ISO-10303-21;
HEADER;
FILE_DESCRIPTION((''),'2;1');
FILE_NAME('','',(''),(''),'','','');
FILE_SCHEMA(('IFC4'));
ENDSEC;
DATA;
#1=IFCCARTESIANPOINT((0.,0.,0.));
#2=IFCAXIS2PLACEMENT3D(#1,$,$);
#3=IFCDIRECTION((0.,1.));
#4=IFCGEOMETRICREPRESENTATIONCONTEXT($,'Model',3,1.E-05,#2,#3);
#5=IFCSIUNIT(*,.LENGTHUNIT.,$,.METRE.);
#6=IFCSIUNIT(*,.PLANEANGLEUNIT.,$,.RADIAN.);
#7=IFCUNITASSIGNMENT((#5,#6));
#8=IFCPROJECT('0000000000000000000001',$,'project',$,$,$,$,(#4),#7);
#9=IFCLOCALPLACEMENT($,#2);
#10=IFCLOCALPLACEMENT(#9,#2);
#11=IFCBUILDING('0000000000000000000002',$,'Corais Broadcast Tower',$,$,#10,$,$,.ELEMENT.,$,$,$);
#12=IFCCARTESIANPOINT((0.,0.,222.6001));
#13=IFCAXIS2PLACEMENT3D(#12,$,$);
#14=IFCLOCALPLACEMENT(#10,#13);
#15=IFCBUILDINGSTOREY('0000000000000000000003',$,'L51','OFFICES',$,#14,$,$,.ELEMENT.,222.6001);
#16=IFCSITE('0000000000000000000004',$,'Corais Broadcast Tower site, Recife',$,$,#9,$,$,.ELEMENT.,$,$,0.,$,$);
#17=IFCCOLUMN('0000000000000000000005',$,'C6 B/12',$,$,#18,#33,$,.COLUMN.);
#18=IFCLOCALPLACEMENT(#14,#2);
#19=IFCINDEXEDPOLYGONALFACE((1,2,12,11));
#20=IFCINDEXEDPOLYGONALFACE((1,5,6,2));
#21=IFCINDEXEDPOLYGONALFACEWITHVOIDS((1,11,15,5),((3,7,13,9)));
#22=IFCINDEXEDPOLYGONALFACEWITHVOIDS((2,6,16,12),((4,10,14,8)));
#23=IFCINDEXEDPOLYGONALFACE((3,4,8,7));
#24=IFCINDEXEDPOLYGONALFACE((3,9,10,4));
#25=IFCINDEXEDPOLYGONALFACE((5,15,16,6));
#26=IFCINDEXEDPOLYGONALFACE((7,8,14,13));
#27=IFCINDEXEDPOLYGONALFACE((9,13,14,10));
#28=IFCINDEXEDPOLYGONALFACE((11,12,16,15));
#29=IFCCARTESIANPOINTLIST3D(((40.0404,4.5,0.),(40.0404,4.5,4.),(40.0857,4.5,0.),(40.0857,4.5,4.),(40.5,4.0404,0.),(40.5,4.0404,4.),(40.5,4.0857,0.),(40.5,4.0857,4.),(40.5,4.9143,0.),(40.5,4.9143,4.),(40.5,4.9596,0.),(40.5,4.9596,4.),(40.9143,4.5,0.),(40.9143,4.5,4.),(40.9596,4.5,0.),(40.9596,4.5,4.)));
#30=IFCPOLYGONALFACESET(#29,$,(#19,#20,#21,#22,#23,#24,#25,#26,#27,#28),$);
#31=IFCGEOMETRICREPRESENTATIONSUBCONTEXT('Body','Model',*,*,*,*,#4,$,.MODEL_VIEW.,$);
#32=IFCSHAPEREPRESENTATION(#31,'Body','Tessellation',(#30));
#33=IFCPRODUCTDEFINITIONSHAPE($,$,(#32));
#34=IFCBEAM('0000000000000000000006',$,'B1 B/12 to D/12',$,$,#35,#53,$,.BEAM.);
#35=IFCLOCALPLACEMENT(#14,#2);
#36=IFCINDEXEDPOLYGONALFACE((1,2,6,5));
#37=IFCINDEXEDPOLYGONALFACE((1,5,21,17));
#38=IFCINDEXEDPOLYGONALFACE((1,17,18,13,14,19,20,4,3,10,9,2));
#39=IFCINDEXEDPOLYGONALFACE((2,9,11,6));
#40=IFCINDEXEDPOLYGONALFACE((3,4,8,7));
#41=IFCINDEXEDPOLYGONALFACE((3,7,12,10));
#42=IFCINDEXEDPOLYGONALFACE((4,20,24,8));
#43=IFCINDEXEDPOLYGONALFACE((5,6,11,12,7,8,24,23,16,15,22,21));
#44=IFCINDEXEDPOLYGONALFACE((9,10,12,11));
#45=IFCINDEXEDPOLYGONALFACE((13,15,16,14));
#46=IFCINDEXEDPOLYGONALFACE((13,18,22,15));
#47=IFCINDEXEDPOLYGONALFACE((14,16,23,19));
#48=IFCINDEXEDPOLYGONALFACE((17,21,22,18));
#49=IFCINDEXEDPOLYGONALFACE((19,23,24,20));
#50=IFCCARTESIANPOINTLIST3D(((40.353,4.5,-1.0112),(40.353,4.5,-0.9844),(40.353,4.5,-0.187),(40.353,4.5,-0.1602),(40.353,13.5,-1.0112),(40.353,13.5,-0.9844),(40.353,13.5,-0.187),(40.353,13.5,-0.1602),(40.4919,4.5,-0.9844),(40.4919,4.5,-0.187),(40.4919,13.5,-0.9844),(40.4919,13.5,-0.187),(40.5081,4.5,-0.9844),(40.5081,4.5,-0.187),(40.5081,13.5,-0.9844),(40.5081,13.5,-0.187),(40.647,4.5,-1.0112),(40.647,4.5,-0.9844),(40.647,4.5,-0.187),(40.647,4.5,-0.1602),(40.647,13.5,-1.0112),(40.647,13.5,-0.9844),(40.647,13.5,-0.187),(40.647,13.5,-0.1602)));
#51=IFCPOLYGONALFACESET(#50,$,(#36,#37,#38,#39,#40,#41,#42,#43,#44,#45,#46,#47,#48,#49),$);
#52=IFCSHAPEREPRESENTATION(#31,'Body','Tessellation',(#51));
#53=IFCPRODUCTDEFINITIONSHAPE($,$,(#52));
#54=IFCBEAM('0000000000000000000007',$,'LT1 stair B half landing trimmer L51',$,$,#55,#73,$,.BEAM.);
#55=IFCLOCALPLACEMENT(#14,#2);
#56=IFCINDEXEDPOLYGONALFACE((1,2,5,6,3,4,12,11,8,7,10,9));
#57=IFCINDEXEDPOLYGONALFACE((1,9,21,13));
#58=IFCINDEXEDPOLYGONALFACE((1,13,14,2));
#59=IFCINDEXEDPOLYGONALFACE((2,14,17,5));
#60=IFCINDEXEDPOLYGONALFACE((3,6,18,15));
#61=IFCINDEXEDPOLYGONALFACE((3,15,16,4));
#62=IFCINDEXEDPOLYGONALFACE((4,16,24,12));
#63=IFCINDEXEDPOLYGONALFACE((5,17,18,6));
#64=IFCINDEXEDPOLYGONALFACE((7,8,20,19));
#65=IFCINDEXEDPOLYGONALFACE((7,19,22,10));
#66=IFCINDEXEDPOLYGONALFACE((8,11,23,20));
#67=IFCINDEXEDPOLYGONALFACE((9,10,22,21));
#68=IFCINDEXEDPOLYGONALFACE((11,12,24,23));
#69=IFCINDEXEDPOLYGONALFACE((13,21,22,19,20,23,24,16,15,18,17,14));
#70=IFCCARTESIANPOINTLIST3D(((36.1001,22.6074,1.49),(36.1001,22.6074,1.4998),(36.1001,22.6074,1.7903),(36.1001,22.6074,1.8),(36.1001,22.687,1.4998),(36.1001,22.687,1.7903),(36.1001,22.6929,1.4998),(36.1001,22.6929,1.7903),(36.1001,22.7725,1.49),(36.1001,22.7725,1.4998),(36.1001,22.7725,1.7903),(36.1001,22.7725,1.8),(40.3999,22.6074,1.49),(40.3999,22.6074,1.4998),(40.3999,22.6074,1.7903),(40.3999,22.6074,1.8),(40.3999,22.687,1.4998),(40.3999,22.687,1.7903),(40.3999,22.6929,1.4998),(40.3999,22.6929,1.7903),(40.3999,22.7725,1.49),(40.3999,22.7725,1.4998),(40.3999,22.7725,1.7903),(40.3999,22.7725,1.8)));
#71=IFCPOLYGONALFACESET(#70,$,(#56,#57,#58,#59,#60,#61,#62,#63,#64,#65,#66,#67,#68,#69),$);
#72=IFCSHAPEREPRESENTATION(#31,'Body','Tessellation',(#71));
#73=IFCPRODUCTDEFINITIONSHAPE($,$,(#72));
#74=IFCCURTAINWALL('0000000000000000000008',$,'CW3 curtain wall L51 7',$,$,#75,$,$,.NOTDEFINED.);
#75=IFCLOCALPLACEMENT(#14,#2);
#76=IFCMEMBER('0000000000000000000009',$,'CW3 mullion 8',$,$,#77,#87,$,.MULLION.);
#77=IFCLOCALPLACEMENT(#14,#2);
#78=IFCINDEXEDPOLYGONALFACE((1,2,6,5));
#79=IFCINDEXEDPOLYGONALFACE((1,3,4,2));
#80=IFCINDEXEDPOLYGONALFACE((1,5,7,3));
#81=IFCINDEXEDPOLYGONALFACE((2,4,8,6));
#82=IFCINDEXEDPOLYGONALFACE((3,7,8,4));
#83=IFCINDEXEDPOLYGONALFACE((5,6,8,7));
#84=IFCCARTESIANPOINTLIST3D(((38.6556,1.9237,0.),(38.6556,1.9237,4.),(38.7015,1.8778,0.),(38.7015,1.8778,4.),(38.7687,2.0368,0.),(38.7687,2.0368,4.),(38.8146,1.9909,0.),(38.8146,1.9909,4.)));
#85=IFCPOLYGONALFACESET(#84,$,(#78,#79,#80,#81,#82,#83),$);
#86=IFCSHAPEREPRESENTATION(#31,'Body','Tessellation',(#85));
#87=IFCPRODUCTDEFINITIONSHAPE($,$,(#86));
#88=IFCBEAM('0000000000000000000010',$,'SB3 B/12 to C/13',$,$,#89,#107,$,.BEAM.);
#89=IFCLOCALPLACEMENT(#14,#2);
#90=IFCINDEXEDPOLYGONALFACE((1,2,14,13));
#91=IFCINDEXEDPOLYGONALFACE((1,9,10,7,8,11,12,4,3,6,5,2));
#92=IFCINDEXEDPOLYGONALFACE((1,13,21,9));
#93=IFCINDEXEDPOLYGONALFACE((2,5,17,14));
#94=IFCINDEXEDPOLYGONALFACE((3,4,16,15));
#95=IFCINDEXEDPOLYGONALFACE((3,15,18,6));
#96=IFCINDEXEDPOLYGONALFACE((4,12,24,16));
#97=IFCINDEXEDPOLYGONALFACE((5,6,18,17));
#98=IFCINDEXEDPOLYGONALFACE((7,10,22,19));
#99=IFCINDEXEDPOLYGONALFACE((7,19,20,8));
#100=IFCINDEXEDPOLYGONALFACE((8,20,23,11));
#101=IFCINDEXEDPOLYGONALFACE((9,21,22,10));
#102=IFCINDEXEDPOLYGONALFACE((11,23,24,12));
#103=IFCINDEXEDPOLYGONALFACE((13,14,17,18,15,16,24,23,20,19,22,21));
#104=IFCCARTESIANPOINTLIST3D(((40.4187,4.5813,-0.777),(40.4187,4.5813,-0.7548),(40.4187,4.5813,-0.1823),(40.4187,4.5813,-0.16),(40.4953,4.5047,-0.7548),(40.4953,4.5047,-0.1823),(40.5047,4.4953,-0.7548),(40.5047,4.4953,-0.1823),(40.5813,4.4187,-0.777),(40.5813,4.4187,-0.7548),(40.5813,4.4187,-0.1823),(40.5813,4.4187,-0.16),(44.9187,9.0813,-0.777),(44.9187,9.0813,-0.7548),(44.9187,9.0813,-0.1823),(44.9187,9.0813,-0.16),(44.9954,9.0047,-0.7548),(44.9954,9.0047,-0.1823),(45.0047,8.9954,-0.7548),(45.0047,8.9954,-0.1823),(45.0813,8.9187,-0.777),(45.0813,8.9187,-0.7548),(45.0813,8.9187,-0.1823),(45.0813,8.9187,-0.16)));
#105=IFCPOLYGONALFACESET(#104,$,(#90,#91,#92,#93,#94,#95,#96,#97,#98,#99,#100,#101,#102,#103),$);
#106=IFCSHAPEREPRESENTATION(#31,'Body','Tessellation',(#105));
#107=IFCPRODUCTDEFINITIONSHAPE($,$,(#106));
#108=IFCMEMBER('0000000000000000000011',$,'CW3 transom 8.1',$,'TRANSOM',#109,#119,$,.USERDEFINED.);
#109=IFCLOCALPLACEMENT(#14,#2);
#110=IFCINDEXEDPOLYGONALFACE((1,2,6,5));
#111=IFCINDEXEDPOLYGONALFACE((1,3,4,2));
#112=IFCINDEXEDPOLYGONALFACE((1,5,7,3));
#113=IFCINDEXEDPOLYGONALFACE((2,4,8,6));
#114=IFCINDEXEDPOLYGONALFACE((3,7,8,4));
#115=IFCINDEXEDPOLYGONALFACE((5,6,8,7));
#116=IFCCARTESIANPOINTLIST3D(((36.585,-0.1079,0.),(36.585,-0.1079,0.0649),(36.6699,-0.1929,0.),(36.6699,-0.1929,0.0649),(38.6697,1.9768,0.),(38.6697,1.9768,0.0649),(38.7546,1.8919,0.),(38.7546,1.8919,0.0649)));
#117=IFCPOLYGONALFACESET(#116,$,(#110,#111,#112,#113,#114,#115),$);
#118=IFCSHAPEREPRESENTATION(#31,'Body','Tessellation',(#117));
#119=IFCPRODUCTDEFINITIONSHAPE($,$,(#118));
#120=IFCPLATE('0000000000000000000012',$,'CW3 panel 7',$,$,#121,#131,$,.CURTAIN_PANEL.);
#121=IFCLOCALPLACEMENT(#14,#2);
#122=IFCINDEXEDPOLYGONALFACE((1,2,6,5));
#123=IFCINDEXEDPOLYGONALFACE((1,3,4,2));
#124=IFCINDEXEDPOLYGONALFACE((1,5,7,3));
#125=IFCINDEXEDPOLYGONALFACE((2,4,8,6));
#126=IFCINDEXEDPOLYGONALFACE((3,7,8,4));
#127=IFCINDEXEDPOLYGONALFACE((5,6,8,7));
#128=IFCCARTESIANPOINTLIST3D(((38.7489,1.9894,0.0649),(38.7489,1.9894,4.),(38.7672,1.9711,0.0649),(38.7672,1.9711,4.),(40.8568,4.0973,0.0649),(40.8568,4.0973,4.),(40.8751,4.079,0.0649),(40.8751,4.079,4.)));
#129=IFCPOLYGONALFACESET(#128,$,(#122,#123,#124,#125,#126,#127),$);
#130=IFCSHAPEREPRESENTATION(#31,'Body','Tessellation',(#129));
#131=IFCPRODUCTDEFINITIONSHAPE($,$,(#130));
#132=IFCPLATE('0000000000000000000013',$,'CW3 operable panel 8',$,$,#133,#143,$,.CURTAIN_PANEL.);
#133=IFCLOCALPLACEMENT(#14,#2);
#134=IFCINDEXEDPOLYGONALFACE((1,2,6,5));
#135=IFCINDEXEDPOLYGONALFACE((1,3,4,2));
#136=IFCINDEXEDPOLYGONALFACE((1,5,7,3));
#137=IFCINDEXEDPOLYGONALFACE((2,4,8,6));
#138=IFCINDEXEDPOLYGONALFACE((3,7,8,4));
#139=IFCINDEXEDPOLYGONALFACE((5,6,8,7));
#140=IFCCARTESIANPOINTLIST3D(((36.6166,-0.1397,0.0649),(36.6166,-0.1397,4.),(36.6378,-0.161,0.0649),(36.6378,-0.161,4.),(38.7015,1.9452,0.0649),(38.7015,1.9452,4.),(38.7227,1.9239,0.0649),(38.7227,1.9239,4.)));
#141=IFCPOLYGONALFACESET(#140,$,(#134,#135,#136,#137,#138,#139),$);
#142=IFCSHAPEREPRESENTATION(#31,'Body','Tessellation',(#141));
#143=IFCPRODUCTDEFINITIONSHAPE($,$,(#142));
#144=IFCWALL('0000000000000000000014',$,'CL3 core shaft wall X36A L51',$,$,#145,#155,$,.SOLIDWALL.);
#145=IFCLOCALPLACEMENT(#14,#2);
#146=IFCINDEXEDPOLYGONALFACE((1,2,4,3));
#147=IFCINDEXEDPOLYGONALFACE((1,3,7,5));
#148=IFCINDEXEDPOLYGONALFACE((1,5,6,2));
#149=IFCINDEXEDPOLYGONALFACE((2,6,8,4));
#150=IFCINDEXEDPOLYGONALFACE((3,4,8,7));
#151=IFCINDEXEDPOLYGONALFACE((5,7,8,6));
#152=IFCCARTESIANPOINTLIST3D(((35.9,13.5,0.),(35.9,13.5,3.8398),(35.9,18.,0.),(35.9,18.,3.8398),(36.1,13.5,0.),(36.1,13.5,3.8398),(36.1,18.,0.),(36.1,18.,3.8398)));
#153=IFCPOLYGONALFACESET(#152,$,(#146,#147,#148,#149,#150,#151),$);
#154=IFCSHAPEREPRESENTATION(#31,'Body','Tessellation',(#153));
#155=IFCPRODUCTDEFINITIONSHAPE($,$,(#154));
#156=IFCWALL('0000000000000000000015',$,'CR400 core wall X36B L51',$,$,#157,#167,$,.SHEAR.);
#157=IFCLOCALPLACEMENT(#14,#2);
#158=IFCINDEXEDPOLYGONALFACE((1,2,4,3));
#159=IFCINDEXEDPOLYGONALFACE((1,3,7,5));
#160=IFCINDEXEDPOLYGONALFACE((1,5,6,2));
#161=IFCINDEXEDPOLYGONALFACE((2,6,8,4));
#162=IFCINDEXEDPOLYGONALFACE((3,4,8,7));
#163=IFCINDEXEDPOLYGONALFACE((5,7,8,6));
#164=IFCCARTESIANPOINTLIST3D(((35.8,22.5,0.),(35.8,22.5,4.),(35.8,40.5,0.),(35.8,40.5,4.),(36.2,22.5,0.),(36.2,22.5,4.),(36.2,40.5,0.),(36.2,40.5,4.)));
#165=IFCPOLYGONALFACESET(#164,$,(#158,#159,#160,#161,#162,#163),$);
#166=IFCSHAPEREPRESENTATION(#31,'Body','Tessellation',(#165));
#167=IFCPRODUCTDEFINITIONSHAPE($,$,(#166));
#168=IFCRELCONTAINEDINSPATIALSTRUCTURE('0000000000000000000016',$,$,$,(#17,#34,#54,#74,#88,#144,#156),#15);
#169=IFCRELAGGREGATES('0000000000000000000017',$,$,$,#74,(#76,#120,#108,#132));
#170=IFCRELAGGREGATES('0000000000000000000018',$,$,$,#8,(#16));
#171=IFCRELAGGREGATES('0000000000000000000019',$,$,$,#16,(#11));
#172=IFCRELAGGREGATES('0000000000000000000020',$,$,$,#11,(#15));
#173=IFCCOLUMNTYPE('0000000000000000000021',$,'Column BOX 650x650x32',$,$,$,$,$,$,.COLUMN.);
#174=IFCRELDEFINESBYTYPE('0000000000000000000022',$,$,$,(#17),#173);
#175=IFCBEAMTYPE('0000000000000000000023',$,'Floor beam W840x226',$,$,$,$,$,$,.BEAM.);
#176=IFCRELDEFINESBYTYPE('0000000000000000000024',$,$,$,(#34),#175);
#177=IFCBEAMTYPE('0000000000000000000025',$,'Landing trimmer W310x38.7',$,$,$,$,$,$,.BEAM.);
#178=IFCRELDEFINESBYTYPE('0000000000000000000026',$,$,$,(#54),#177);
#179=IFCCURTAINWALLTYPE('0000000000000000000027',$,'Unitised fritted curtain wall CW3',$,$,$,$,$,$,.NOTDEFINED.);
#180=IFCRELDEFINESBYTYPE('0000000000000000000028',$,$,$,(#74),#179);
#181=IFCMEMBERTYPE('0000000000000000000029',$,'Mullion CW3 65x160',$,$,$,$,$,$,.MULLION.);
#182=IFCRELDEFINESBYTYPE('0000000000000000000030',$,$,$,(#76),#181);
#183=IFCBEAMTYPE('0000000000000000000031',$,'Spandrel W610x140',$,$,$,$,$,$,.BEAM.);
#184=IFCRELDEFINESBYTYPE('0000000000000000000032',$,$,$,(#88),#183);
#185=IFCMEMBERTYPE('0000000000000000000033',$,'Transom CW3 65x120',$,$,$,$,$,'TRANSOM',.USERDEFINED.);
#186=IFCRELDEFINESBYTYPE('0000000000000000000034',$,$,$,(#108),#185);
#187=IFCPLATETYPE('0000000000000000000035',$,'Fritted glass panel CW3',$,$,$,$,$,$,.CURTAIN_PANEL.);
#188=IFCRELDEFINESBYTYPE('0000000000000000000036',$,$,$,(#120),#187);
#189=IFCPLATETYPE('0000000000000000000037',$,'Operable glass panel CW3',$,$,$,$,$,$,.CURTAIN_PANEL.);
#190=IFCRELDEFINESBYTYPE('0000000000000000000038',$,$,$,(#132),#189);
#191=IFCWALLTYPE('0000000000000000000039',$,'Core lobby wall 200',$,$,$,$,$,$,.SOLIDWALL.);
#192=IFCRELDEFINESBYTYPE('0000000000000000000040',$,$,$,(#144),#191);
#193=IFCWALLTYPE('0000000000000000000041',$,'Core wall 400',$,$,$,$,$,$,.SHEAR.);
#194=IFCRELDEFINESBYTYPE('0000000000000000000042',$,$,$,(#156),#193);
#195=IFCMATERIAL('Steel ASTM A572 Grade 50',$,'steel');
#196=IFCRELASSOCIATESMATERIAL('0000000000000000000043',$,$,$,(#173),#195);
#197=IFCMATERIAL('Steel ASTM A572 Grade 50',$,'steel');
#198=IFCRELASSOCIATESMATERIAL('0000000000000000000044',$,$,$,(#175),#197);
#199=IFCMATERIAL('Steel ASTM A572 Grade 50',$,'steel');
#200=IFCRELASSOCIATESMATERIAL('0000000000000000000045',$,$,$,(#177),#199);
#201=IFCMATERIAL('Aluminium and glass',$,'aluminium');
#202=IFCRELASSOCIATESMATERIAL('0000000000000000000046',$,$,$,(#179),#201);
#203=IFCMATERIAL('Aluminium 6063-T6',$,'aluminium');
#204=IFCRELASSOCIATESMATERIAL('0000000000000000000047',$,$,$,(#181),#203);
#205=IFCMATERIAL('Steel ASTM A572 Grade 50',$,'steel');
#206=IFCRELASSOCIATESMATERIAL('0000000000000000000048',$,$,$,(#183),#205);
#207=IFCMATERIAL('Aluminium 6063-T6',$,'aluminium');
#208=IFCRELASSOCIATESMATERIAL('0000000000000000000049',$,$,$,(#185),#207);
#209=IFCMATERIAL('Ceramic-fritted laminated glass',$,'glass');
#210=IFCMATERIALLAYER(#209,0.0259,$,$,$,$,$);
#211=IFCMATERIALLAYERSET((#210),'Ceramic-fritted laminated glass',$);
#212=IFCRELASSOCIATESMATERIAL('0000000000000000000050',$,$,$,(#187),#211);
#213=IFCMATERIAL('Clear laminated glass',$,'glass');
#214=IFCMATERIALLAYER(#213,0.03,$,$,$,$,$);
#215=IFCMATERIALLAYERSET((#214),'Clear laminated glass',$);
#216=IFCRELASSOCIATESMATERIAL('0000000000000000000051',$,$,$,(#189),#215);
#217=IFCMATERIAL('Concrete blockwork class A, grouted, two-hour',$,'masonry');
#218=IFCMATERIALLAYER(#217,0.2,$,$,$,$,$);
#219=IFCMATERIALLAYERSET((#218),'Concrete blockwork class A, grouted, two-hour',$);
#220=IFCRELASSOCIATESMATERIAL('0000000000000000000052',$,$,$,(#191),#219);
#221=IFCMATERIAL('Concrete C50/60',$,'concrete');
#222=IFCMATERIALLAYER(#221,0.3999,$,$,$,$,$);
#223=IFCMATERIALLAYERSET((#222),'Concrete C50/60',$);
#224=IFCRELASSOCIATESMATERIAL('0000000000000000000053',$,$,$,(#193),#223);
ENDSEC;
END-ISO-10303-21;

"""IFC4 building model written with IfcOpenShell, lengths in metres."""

from ifc_helpers import new_model, si_unit, direction, frame, frame_2d, origin, origin_2d, place, context, subcontext, project, spatial, rectangle, hollow_rectangle, i_section, extrude, material, layer, layer_set, material_profile, profile_set, type_object, element, aggregate, save


model = new_model("IFC4")

# Units and contexts
model_context = context("Model", 3, precision=1e-05, world=origin(), true_north=direction((0.0, 1.0)))
body_context = subcontext(model_context, "Body", "Model", "MODEL_VIEW")
ifc_project = project(units=[si_unit("LENGTHUNIT", "METRE"), si_unit("PLANEANGLEUNIT", "RADIAN")], contexts=[model_context])

# Site, building, storey
site_placement = place(None, origin())
site = spatial("IfcSite", under=ifc_project, at=site_placement, Name="Corais Broadcast Tower site, Recife", CompositionType="ELEMENT", RefElevation=0.0)
building_placement = place(site_placement, origin())
building = spatial("IfcBuilding", under=site, at=building_placement, Name="Corais Broadcast Tower", CompositionType="ELEMENT")
storey_placement = place(building_placement, frame((0.0, 0.0, 222.6001)))
storey = spatial("IfcBuildingStorey", under=building, at=storey_placement, Name="L51", Description="OFFICES", CompositionType="ELEMENT", Elevation=222.6001)

# Column
ifc_material_1 = material(Name="Steel ASTM A572 Grade 50", Category="steel")
ifc_material_profile_1 = material_profile(ifc_material_1, hollow_rectangle(XDim=0.6499, YDim=0.6499, WallThickness=0.032, at=origin_2d()), Name="BOX 650x650x32")
ifc_profile_set_1 = profile_set([ifc_material_profile_1], Name="Steel ASTM A572 Grade 50")
column_type = type_object("IfcColumnType", Name="Column BOX 650x650x32", PredefinedType="COLUMN", material=ifc_profile_set_1)
column_placement = place(storey_placement, frame((40.5, 4.5, 0.0), z_axis=(0.0, 0.0, 1.0), x_axis=(0.707107, 0.707107, 0.0)))
element("IfcColumn", 1, at=column_placement, inside=storey, type_object=column_type, Name="C6 B/12", PredefinedType="COLUMN", context=body_context, shape_type="SweptSolid", body=[
    extrude(hollow_rectangle(XDim=0.6499, YDim=0.6499, WallThickness=0.032, at=origin_2d()), origin(), (0.0, 0.0, 1.0), 4.0),
])

# Beams
ifc_material_2 = material(Name="Steel ASTM A572 Grade 50", Category="steel")
ifc_material_profile_2 = material_profile(ifc_material_2, i_section(OverallWidth=0.2939, OverallDepth=0.8511, WebThickness=0.0161, FlangeThickness=0.0269, at=origin_2d()), Name="W840x226")
ifc_profile_set_2 = profile_set([ifc_material_profile_2], Name="Steel ASTM A572 Grade 50")
beam_type_1 = type_object("IfcBeamType", Name="Floor beam W840x226", PredefinedType="BEAM", material=ifc_profile_set_2)
beam_1_placement = place(storey_placement, frame((40.5, 4.5, -0.5857), z_axis=(0.0, 1.0, 0.0), x_axis=(-1.0, 0.0, 0.0)))
element("IfcBeam", 2, at=beam_1_placement, inside=storey, type_object=beam_type_1, Name="B1 B/12 to D/12", PredefinedType="BEAM", context=body_context, shape_type="SweptSolid", body=[
    extrude(i_section(OverallWidth=0.2939, OverallDepth=0.8511, WebThickness=0.0161, FlangeThickness=0.0269, at=origin_2d()), origin(), (0.0, 0.0, 1.0), 9.0),
])
ifc_material_3 = material(Name="Steel ASTM A572 Grade 50", Category="steel")
ifc_material_profile_3 = material_profile(ifc_material_3, i_section(OverallWidth=0.165, OverallDepth=0.3101, WebThickness=0.0059, FlangeThickness=0.0098, at=origin_2d()), Name="W310x38.7")
ifc_profile_set_3 = profile_set([ifc_material_profile_3], Name="Steel ASTM A572 Grade 50")
beam_type_2 = type_object("IfcBeamType", Name="Landing trimmer W310x38.7", PredefinedType="BEAM", material=ifc_profile_set_3)
beam_2_placement = place(storey_placement, frame((36.1001, 22.6899, 1.645), z_axis=(1.0, 0.0, 0.0), x_axis=(0.0, 1.0, 0.0)))
element("IfcBeam", 3, at=beam_2_placement, inside=storey, type_object=beam_type_2, Name="LT1 stair B half landing trimmer L51", PredefinedType="BEAM", context=body_context, shape_type="SweptSolid", body=[
    extrude(i_section(OverallWidth=0.165, OverallDepth=0.3101, WebThickness=0.0059, FlangeThickness=0.0098, at=origin_2d()), origin(), (0.0, 0.0, 1.0), 4.2998),
])

# Curtain wall, member
ifc_material_4 = material(Name="Aluminium and glass", Category="aluminium")
curtain_wall_type = type_object("IfcCurtainWallType", Name="Unitised fritted curtain wall CW3", PredefinedType="NOTDEFINED", material=ifc_material_4)
curtain_wall_placement = place(storey_placement, origin())
curtain_wall = element("IfcCurtainWall", 4, at=curtain_wall_placement, inside=storey, type_object=curtain_wall_type, Name="CW3 curtain wall L51 7", PredefinedType="NOTDEFINED")
ifc_material_5 = material(Name="Aluminium 6063-T6", Category="aluminium")
ifc_material_profile_4 = material_profile(ifc_material_5, rectangle(XDim=0.0649, YDim=0.1599, at=origin_2d()), Name="Mullion CW3 65x160")
ifc_profile_set_4 = profile_set([ifc_material_profile_4], Name="Aluminium 6063-T6")
member_type_1 = type_object("IfcMemberType", Name="Mullion CW3 65x160", PredefinedType="MULLION", material=ifc_profile_set_4)
member_1_placement = place(storey_placement, frame((38.7351, 1.9573, 0.0), z_axis=(0.0, 0.0, 1.0), x_axis=(0.707107, -0.707107, 0.0)))
member_1 = element("IfcMember", 5, at=member_1_placement, type_object=member_type_1, Name="CW3 mullion 8", PredefinedType="MULLION", context=body_context, shape_type="SweptSolid", body=[
    extrude(rectangle(XDim=0.0649, YDim=0.1599, at=origin_2d()), origin(), (0.0, 0.0, 1.0), 4.0),
])

# Beam
ifc_material_6 = material(Name="Steel ASTM A572 Grade 50", Category="steel")
ifc_material_profile_5 = material_profile(ifc_material_6, i_section(OverallWidth=0.23, OverallDepth=0.6169, WebThickness=0.0132, FlangeThickness=0.0222, at=origin_2d()), Name="W610x140")
ifc_profile_set_5 = profile_set([ifc_material_profile_5], Name="Steel ASTM A572 Grade 50")
beam_type_3 = type_object("IfcBeamType", Name="Spandrel W610x140", PredefinedType="BEAM", material=ifc_profile_set_5)
beam_3_placement = place(storey_placement, frame((40.5, 4.5, -0.4685), z_axis=(0.707107, 0.707107, 0.0), x_axis=(-0.707107, 0.707107, 0.0)))
element("IfcBeam", 6, at=beam_3_placement, inside=storey, type_object=beam_type_3, Name="SB3 B/12 to C/13", PredefinedType="BEAM", context=body_context, shape_type="SweptSolid", body=[
    extrude(i_section(OverallWidth=0.23, OverallDepth=0.6169, WebThickness=0.0132, FlangeThickness=0.0222, at=origin_2d()), origin(), (0.0, 0.0, 1.0), 6.364),
])

# Member
ifc_material_7 = material(Name="Aluminium 6063-T6", Category="aluminium")
ifc_material_profile_6 = material_profile(ifc_material_7, rectangle(XDim=0.1201, YDim=0.0649, at=origin_2d()), Name="Transom CW3 65x120")
ifc_profile_set_6 = profile_set([ifc_material_profile_6], Name="Aluminium 6063-T6")
member_type_2 = type_object("IfcMemberType", Name="Transom CW3 65x120", ElementType="TRANSOM", PredefinedType="USERDEFINED", material=ifc_profile_set_6)
member_2_placement = place(storey_placement, frame((38.7122, 1.9343, 0.0325), z_axis=(-0.707107, -0.707107, 0.0), x_axis=(0.707107, -0.707107, 0.0)))
member_2 = element("IfcMember", 7, at=member_2_placement, type_object=member_type_2, Name="CW3 transom 8.1", ObjectType="TRANSOM", PredefinedType="USERDEFINED", context=body_context, shape_type="SweptSolid", body=[
    extrude(rectangle(XDim=0.1201, YDim=0.0649, at=origin_2d()), origin(), (0.0, 0.0, 1.0), 2.9482),
])

# Plates
ifc_material_8 = material(Name="Ceramic-fritted laminated glass", Category="glass")
ifc_layer_1 = layer(ifc_material_8, 0.0259)
ifc_layer_set_1 = layer_set([ifc_layer_1], Name="Ceramic-fritted laminated glass")
plate_type_1 = type_object("IfcPlateType", Name="Fritted glass panel CW3", PredefinedType="CURTAIN_PANEL", material=ifc_layer_set_1)
plate_1_placement = place(storey_placement, frame((39.812, 3.0342, 0.0649), z_axis=(0.0, 0.0, 1.0), x_axis=(-0.707107, -0.707107, 0.0)))
plate_1 = element("IfcPlate", 8, at=plate_1_placement, type_object=plate_type_1, Name="CW3 panel 7", PredefinedType="CURTAIN_PANEL", context=body_context, shape_type="SweptSolid", body=[
    extrude(rectangle(XDim=2.981, YDim=0.0259, at=origin_2d()), origin(), (0.0, 0.0, 1.0), 3.9351),
])
ifc_material_9 = material(Name="Clear laminated glass", Category="glass")
ifc_layer_2 = layer(ifc_material_9, 0.03)
ifc_layer_set_2 = layer_set([ifc_layer_2], Name="Clear laminated glass")
plate_type_2 = type_object("IfcPlateType", Name="Operable glass panel CW3", PredefinedType="CURTAIN_PANEL", material=ifc_layer_set_2)
plate_2_placement = place(storey_placement, frame((37.6697, 0.8921, 0.0649), z_axis=(0.0, 0.0, 1.0), x_axis=(-0.707107, -0.707107, 0.0)))
plate_2 = element("IfcPlate", 9, at=plate_2_placement, type_object=plate_type_2, Name="CW3 operable panel 8", PredefinedType="CURTAIN_PANEL", context=body_context, shape_type="SweptSolid", body=[
    extrude(rectangle(XDim=2.9485, YDim=0.03, at=origin_2d()), origin(), (0.0, 0.0, 1.0), 3.9351),
])
aggregate(curtain_wall, [member_1, plate_1, member_2, plate_2])

# Walls
ifc_material_10 = material(Name="Concrete blockwork class A, grouted, two-hour", Category="masonry")
ifc_layer_3 = layer(ifc_material_10, 0.2)
ifc_layer_set_3 = layer_set([ifc_layer_3], Name="Concrete blockwork class A, grouted, two-hour")
wall_type_1 = type_object("IfcWallType", Name="Core lobby wall 200", PredefinedType="SOLIDWALL", material=ifc_layer_set_3)
wall_1_placement = place(storey_placement, frame((36.0, 13.5, 0.0), z_axis=(0.0, 0.0, 1.0), x_axis=(0.0, 1.0, 0.0)))
element("IfcWall", 10, at=wall_1_placement, inside=storey, type_object=wall_type_1, Name="CL3 core shaft wall X36A L51", PredefinedType="SOLIDWALL", context=body_context, shape_type="SweptSolid", body=[
    extrude(rectangle(XDim=4.5, YDim=0.2, at=frame_2d((2.25, 0.0))), origin(), (0.0, 0.0, 1.0), 3.8398),
])
ifc_material_11 = material(Name="Concrete C50/60", Category="concrete")
ifc_layer_4 = layer(ifc_material_11, 0.3999)
ifc_layer_set_4 = layer_set([ifc_layer_4], Name="Concrete C50/60")
wall_type_2 = type_object("IfcWallType", Name="Core wall 400", PredefinedType="SHEAR", material=ifc_layer_set_4)
wall_2_placement = place(storey_placement, frame((36.0, 22.5, 0.0), z_axis=(0.0, 0.0, 1.0), x_axis=(0.0, 1.0, 0.0)))
element("IfcWall", 11, at=wall_2_placement, inside=storey, type_object=wall_type_2, Name="CR400 core wall X36B L51", PredefinedType="SHEAR", context=body_context, shape_type="SweptSolid", body=[
    extrude(rectangle(XDim=18.0, YDim=0.3999, at=frame_2d((9.0, 0.0))), origin(), (0.0, 0.0, 1.0), 4.0),
])

save(model, "model.ifc")
